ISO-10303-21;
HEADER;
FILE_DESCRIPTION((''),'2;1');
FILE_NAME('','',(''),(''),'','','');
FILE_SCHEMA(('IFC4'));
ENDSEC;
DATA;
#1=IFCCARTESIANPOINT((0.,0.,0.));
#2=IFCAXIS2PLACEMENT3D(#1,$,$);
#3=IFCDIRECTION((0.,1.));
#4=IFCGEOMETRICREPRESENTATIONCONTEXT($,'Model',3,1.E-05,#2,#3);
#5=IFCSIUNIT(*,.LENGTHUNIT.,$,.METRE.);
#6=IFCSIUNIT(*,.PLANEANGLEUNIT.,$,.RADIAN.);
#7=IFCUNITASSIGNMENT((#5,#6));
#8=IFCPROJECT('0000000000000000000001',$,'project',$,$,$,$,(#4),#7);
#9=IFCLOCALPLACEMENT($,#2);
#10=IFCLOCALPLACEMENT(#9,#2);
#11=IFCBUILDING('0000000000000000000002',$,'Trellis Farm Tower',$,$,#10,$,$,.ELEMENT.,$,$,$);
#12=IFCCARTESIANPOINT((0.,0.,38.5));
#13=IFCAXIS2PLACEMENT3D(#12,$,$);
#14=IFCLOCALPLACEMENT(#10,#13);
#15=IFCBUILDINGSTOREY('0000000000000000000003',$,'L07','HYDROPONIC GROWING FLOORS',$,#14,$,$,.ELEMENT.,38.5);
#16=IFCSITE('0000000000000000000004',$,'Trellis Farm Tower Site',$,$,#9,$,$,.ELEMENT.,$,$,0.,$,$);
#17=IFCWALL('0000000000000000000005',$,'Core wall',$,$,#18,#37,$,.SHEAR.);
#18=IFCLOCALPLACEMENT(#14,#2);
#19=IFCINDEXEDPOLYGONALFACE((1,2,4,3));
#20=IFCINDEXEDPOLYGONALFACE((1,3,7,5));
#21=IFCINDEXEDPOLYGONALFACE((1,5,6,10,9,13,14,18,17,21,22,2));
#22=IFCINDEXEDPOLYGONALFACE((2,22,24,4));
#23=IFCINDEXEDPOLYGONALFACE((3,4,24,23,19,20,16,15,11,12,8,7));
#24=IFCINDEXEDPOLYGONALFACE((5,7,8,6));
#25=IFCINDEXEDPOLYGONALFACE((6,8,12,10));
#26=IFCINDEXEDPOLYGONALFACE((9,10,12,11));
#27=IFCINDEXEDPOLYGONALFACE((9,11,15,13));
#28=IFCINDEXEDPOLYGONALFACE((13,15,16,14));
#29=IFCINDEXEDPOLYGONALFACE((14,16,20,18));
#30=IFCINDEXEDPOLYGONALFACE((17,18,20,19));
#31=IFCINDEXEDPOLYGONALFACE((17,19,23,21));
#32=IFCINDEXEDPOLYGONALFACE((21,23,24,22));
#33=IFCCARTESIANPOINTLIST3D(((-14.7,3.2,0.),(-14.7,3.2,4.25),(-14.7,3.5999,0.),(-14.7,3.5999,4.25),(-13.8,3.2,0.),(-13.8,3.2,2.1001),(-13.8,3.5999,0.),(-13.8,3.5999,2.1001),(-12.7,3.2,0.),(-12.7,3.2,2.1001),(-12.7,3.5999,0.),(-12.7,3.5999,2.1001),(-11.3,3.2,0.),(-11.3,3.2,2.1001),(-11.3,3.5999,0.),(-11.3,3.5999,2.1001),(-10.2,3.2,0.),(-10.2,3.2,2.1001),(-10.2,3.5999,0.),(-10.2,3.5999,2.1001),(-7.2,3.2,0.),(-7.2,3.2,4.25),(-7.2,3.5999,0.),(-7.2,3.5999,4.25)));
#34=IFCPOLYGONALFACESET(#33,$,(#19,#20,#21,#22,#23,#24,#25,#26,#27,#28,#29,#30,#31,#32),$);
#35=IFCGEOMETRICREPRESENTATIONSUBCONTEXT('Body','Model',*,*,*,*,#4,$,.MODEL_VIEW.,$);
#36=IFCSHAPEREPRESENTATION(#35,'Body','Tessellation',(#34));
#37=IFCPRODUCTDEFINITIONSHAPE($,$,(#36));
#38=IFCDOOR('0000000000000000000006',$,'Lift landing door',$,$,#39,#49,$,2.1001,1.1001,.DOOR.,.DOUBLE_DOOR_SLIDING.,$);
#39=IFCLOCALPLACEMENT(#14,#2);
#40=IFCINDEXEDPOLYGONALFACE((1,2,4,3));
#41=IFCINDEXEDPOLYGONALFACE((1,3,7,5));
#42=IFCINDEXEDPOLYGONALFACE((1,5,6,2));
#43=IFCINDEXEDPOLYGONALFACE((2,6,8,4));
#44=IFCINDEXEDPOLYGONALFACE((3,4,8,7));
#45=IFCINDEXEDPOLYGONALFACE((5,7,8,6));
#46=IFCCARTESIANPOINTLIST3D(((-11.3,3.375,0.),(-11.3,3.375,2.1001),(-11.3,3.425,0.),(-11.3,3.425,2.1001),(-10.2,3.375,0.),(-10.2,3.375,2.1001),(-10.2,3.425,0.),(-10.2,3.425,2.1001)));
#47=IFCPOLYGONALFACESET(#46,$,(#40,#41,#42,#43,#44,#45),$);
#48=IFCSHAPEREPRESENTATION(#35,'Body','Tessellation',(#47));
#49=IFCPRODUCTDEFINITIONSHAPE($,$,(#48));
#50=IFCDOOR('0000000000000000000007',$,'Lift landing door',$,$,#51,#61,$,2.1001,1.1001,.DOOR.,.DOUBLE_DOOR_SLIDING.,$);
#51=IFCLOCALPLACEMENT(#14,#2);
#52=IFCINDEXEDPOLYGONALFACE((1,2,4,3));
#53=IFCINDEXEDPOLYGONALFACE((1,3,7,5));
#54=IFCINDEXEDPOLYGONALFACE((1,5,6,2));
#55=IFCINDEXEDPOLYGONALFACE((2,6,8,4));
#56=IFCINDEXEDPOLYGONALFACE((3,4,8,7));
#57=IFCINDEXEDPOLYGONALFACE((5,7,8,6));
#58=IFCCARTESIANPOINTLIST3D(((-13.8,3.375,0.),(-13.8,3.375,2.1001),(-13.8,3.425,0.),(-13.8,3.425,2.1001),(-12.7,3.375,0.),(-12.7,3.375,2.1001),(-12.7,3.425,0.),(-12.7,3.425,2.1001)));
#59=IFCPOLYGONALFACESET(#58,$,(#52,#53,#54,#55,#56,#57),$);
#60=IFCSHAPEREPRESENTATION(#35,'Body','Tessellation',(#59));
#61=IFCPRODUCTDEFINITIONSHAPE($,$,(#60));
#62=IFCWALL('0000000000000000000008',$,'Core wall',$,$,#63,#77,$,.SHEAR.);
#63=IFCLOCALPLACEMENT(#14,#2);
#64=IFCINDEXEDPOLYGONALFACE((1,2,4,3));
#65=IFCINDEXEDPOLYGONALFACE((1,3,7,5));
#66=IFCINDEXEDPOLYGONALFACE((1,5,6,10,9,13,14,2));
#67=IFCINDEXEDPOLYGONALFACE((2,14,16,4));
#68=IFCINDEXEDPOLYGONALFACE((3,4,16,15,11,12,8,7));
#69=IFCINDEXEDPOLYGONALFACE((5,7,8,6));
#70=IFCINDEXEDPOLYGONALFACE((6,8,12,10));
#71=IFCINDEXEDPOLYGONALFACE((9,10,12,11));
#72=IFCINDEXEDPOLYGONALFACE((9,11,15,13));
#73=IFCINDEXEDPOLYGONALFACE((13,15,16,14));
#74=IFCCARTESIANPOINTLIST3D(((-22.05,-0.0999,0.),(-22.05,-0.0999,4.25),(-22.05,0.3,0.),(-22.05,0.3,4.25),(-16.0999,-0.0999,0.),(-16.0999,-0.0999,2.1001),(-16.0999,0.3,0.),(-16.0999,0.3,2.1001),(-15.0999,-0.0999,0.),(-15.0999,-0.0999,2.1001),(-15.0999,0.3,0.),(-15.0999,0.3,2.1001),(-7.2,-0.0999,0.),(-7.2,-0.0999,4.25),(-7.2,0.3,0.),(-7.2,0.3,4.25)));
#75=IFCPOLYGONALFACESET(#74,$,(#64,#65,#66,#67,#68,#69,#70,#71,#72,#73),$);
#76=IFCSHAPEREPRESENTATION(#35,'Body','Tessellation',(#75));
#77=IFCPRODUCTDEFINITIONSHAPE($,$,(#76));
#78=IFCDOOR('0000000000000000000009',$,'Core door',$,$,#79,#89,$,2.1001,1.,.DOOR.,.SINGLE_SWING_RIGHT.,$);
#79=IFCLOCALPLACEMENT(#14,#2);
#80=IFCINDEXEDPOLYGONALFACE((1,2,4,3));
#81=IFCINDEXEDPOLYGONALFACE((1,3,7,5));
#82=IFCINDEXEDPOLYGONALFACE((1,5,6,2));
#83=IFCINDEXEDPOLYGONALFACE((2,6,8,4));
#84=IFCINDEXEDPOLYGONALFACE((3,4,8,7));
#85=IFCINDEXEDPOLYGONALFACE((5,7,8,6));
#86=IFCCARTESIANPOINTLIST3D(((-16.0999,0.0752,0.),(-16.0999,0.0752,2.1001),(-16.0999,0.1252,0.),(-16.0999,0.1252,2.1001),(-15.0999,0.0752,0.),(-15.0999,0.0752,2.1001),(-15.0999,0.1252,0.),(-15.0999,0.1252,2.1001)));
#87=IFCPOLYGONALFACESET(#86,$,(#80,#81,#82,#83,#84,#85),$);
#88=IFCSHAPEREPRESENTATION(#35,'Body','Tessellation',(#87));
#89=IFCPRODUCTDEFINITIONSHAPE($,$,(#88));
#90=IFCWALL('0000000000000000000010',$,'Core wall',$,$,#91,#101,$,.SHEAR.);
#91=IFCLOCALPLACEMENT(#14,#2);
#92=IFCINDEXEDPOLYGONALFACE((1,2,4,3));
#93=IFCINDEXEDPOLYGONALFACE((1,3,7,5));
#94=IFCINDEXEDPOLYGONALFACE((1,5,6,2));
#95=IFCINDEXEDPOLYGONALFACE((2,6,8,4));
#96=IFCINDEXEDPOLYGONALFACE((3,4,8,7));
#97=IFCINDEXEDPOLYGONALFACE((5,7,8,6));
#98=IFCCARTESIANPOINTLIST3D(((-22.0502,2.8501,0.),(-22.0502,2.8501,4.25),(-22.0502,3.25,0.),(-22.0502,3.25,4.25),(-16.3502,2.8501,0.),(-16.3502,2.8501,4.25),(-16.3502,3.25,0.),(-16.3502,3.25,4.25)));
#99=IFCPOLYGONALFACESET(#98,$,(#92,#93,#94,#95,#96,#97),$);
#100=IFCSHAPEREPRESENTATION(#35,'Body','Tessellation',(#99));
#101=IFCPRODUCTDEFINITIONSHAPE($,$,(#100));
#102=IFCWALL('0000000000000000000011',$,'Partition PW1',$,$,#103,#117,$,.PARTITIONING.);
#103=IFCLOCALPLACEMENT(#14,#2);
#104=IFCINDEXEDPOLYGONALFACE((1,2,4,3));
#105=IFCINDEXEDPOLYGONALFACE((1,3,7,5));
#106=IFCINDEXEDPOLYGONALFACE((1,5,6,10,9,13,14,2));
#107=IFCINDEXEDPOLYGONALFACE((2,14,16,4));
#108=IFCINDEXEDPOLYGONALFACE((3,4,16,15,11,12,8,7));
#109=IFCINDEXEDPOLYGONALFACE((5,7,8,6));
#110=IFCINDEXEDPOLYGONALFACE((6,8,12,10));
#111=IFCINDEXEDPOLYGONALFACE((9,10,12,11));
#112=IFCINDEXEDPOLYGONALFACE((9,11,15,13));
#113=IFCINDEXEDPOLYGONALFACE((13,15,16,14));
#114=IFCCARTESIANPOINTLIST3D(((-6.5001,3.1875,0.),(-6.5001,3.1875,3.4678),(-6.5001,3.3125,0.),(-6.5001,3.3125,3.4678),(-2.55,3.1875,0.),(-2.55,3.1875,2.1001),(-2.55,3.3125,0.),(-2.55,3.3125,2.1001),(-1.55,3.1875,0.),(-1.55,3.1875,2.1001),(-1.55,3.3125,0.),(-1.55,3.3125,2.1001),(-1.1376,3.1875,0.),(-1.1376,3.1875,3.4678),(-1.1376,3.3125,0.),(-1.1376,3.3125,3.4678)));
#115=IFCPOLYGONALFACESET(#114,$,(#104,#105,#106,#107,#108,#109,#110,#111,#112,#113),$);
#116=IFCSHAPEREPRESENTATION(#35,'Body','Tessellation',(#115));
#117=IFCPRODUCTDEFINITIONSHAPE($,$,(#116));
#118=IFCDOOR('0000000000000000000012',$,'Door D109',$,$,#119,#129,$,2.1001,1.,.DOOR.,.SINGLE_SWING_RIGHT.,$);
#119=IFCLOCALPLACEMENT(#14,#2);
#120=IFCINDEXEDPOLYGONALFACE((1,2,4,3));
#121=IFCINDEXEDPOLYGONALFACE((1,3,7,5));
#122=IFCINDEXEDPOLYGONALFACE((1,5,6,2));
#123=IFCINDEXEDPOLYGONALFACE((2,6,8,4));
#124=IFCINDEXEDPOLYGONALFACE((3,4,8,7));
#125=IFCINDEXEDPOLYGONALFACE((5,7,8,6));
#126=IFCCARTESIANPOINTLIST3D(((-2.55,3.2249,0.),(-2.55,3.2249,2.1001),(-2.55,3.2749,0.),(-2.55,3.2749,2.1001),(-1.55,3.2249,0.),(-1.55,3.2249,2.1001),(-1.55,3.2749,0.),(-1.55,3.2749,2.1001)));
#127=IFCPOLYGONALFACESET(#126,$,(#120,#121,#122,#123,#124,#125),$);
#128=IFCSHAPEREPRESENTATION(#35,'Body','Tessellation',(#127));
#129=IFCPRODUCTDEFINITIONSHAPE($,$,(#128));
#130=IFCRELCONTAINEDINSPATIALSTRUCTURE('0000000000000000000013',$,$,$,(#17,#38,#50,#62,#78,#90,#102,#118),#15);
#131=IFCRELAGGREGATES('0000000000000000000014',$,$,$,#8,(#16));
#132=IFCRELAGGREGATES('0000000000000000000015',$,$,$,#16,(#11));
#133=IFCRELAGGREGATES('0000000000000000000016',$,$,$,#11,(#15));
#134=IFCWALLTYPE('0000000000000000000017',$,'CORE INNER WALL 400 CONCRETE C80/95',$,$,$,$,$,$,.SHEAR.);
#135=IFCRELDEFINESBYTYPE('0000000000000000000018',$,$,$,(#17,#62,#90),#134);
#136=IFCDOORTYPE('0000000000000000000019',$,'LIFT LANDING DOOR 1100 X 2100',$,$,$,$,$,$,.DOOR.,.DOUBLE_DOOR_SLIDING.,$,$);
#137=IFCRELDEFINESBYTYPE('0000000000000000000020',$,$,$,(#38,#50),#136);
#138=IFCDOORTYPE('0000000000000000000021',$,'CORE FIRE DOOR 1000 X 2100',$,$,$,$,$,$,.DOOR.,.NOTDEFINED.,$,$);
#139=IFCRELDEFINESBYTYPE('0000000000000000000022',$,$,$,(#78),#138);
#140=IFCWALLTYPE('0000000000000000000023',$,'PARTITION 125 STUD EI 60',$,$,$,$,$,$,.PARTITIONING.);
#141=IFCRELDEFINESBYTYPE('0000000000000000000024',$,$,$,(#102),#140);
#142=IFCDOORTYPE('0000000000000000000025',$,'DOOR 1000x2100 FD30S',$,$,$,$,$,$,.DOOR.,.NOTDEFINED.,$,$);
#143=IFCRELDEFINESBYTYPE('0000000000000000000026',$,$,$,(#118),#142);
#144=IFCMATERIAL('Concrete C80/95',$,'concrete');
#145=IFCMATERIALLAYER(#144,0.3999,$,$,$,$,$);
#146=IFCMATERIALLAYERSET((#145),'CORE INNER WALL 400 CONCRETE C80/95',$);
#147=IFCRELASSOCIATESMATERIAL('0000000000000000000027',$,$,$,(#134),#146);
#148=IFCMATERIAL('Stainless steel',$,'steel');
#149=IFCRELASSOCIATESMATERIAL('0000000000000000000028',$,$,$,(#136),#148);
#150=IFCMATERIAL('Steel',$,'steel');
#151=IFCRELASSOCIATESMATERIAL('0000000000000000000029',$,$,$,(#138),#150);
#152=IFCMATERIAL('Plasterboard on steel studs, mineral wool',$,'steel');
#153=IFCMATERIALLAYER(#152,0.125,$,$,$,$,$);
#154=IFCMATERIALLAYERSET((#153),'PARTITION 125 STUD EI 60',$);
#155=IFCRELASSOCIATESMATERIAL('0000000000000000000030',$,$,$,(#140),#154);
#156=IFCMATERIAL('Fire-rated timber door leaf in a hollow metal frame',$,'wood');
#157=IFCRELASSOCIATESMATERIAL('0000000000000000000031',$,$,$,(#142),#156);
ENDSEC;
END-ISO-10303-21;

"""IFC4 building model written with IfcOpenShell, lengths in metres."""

from ifc_helpers import new_model, si_unit, direction, frame, frame_2d, origin, place, context, subcontext, project, spatial, rectangle, extrude, source, transform, mapped, material, layer, layer_set, type_object, element, fill, save


model = new_model("IFC4")

# Units and contexts
model_context = context("Model", 3, precision=1e-05, world=origin(), true_north=direction((0.0, 1.0)))
body_context = subcontext(model_context, "Body", "Model", "MODEL_VIEW")
ifc_project = project(units=[si_unit("LENGTHUNIT", "METRE"), si_unit("PLANEANGLEUNIT", "RADIAN")], contexts=[model_context])

# Site, building, storey
site_placement = place(None, origin())
site = spatial("IfcSite", under=ifc_project, at=site_placement, Name="Trellis Farm Tower Site", CompositionType="ELEMENT", RefElevation=0.0)
building_placement = place(site_placement, origin())
building = spatial("IfcBuilding", under=site, at=building_placement, Name="Trellis Farm Tower", CompositionType="ELEMENT")
storey_placement = place(building_placement, frame((0.0, 0.0, 38.5)))
storey = spatial("IfcBuildingStorey", under=building, at=storey_placement, Name="L07", Description="HYDROPONIC GROWING FLOORS", CompositionType="ELEMENT", Elevation=38.5)

# Shared definitions
ifc_material_1 = material(Name="Concrete C80/95", Category="concrete")

# Wall, openings, doors
ifc_layer_1 = layer(ifc_material_1, 0.3999)
ifc_layer_set_1 = layer_set([ifc_layer_1], Name="CORE INNER WALL 400 CONCRETE C80/95")
wall_type_1 = type_object("IfcWallType", Name="CORE INNER WALL 400 CONCRETE C80/95", PredefinedType="SHEAR", material=ifc_layer_set_1)
shared_shape_1 = source(origin(), body_context, "Body", "SweptSolid", [
    extrude(rectangle(XDim=7.5, YDim=0.3999, at=frame_2d((3.75, 0.0))), origin(), (0.0, 0.0, 1.0), 4.25),
])
wall_1_placement = place(storey_placement, frame((-7.2, 3.3999, 0.0), z_axis=(0.0, 0.0, 1.0), x_axis=(-1.0, 0.0, 0.0)))
wall_1 = element("IfcWall", 1, at=wall_1_placement, inside=storey, type_object=wall_type_1, Name="Core wall", PredefinedType="SHEAR", context=body_context, shape_type="MappedRepresentation", body=[
    mapped(shared_shape_1, transform((0.0, 0.0, 0.0))),
])
shared_shape_2 = source(origin(), body_context, "Body", "SweptSolid", [
    extrude(rectangle(XDim=1.1001, YDim=2.1001, at=frame_2d((0.55, 1.05))), frame((0.0, 0.21, 0.0), z_axis=(0.0, -1.0, 0.0), x_axis=(1.0, 0.0, 0.0)), (0.0, 0.0, 1.0), 0.4199),
])
opening_1_placement = place(wall_1_placement, frame((3.0, 0.0, 0.0)))
opening_1 = element("IfcOpeningElement", 2, at=opening_1_placement, cuts=wall_1, PredefinedType="OPENING", context=body_context, shape_type="MappedRepresentation", body=[
    mapped(shared_shape_2, transform((0.0, 0.0, 0.0))),
])
opening_2_placement = place(wall_1_placement, frame((5.5, 0.0, 0.0)))
opening_2 = element("IfcOpeningElement", 3, at=opening_2_placement, cuts=wall_1, PredefinedType="OPENING", context=body_context, shape_type="MappedRepresentation", body=[
    mapped(shared_shape_2, transform((0.0, 0.0, 0.0))),
])
ifc_material_2 = material(Name="Stainless steel", Category="steel")
door_type_1 = type_object("IfcDoorType", Name="LIFT LANDING DOOR 1100 X 2100", OperationType="DOUBLE_DOOR_SLIDING", PredefinedType="DOOR", material=ifc_material_2)
shared_shape_3 = source(origin(), body_context, "Body", "SweptSolid", [
    extrude(rectangle(XDim=1.1001, YDim=2.1001, at=frame_2d((0.55, 1.05))), frame((0.0, 0.0249, 0.0), z_axis=(0.0, -1.0, 0.0), x_axis=(1.0, 0.0, 0.0)), (0.0, 0.0, 1.0), 0.05),
])
door_1_placement = place(opening_1_placement, origin())
door_1 = element("IfcDoor", 4, at=door_1_placement, inside=storey, type_object=door_type_1, Name="Lift landing door", OperationType="DOUBLE_DOOR_SLIDING", OverallHeight=2.1001, OverallWidth=1.1001, PredefinedType="DOOR", context=body_context, shape_type="MappedRepresentation", body=[
    mapped(shared_shape_3, transform((0.0, 0.0, 0.0))),
])
fill(opening_1, door_1)
door_2_placement = place(opening_2_placement, origin())
door_2 = element("IfcDoor", 5, at=door_2_placement, inside=storey, type_object=door_type_1, Name="Lift landing door", OperationType="DOUBLE_DOOR_SLIDING", OverallHeight=2.1001, OverallWidth=1.1001, PredefinedType="DOOR", context=body_context, shape_type="MappedRepresentation", body=[
    mapped(shared_shape_3, transform((0.0, 0.0, 0.0))),
])
fill(opening_2, door_2)

# Wall, opening, door
shared_shape_4 = source(origin(), body_context, "Body", "SweptSolid", [
    extrude(rectangle(XDim=14.8501, YDim=0.3999, at=frame_2d((7.425, 0.0))), origin(), (0.0, 0.0, 1.0), 4.25),
])
wall_2_placement = place(storey_placement, frame((-7.2, 0.1001, 0.0), z_axis=(0.0, 0.0, 1.0), x_axis=(-1.0, 0.0, 0.0)))
wall_2 = element("IfcWall", 6, at=wall_2_placement, inside=storey, type_object=wall_type_1, Name="Core wall", PredefinedType="SHEAR", context=body_context, shape_type="MappedRepresentation", body=[
    mapped(shared_shape_4, transform((0.0, 0.0, 0.0))),
])
shared_shape_5 = source(origin(), body_context, "Body", "SweptSolid", [
    extrude(rectangle(XDim=1.0, YDim=2.1001, at=frame_2d((0.5, 1.05))), frame((0.0, 0.21, 0.0), z_axis=(0.0, -1.0, 0.0), x_axis=(1.0, 0.0, 0.0)), (0.0, 0.0, 1.0), 0.4199),
])
opening_3_placement = place(wall_2_placement, frame((7.8999, 0.0, 0.0)))
opening_3 = element("IfcOpeningElement", 7, at=opening_3_placement, cuts=wall_2, PredefinedType="OPENING", context=body_context, shape_type="MappedRepresentation", body=[
    mapped(shared_shape_5, transform((0.0, 0.0, 0.0))),
])
ifc_material_3 = material(Name="Steel", Category="steel")
door_type_2 = type_object("IfcDoorType", Name="CORE FIRE DOOR 1000 X 2100", OperationType="NOTDEFINED", PredefinedType="DOOR", material=ifc_material_3)
shared_shape_6 = source(origin(), body_context, "Body", "SweptSolid", [
    extrude(rectangle(XDim=1.0, YDim=2.1001, at=frame_2d((0.5, 1.05))), frame((0.0, 0.0249, 0.0), z_axis=(0.0, -1.0, 0.0), x_axis=(1.0, 0.0, 0.0)), (0.0, 0.0, 1.0), 0.05),
])
door_3_placement = place(opening_3_placement, origin())
door_3 = element("IfcDoor", 8, at=door_3_placement, inside=storey, type_object=door_type_2, Name="Core door", OperationType="SINGLE_SWING_RIGHT", OverallHeight=2.1001, OverallWidth=1.0, PredefinedType="DOOR", context=body_context, shape_type="MappedRepresentation", body=[
    mapped(shared_shape_6, transform((0.0, 0.0, 0.0))),
])
fill(opening_3, door_3)

# Wall
shared_shape_7 = source(origin(), body_context, "Body", "SweptSolid", [
    extrude(rectangle(XDim=5.7, YDim=0.3999, at=frame_2d((2.8501, 0.0))), origin(), (0.0, 0.0, 1.0), 4.25),
])
wall_3_placement = place(storey_placement, frame((-16.3501, 3.05, 0.0), z_axis=(0.0, 0.0, 1.0), x_axis=(-1.0, 0.0, 0.0)))
element("IfcWall", 9, at=wall_3_placement, inside=storey, type_object=wall_type_1, Name="Core wall", PredefinedType="SHEAR", context=body_context, shape_type="MappedRepresentation", body=[
    mapped(shared_shape_7, transform((0.0, 0.0, 0.0))),
])

# Wall, opening, door
ifc_material_4 = material(Name="Plasterboard on steel studs, mineral wool", Category="steel")
ifc_layer_2 = layer(ifc_material_4, 0.125)
ifc_layer_set_2 = layer_set([ifc_layer_2], Name="PARTITION 125 STUD EI 60")
wall_type_2 = type_object("IfcWallType", Name="PARTITION 125 STUD EI 60", PredefinedType="PARTITIONING", material=ifc_layer_set_2)
shared_shape_8 = source(origin(), body_context, "Body", "SweptSolid", [
    extrude(rectangle(XDim=5.3625, YDim=0.125, at=frame_2d((2.6812, 0.0))), origin(), (0.0, 0.0, 1.0), 3.4678),
])
wall_4_placement = place(storey_placement, frame((-6.5, 3.25, 0.0), z_axis=(0.0, 0.0, 1.0), x_axis=(1.0, 0.0, 0.0)))
wall_4 = element("IfcWall", 10, at=wall_4_placement, inside=storey, type_object=wall_type_2, Name="Partition PW1", PredefinedType="PARTITIONING", context=body_context, shape_type="MappedRepresentation", body=[
    mapped(shared_shape_8, transform((0.0, 0.0, 0.0))),
])
shared_shape_9 = source(origin(), body_context, "Body", "SweptSolid", [
    extrude(rectangle(XDim=1.0, YDim=2.1001, at=frame_2d((0.5, 1.05))), frame((0.0, 0.0725, 0.0), z_axis=(0.0, -1.0, 0.0), x_axis=(1.0, 0.0, 0.0)), (0.0, 0.0, 1.0), 0.145),
])
opening_4_placement = place(wall_4_placement, frame((3.95, 0.0, 0.0)))
opening_4 = element("IfcOpeningElement", 11, at=opening_4_placement, cuts=wall_4, PredefinedType="OPENING", context=body_context, shape_type="MappedRepresentation", body=[
    mapped(shared_shape_9, transform((0.0, 0.0, 0.0))),
])
ifc_material_5 = material(Name="Fire-rated timber door leaf in a hollow metal frame", Category="wood")
door_type_3 = type_object("IfcDoorType", Name="DOOR 1000x2100 FD30S", OperationType="NOTDEFINED", PredefinedType="DOOR", material=ifc_material_5)
door_4_placement = place(opening_4_placement, origin())
door_4 = element("IfcDoor", 12, at=door_4_placement, inside=storey, type_object=door_type_3, Name="Door D109", OperationType="SINGLE_SWING_RIGHT", OverallHeight=2.1001, OverallWidth=1.0, PredefinedType="DOOR", context=body_context, shape_type="MappedRepresentation", body=[
    mapped(shared_shape_6, transform((0.0, 0.0, 0.0))),
])
fill(opening_4, door_4)

save(model, "model.ifc")
